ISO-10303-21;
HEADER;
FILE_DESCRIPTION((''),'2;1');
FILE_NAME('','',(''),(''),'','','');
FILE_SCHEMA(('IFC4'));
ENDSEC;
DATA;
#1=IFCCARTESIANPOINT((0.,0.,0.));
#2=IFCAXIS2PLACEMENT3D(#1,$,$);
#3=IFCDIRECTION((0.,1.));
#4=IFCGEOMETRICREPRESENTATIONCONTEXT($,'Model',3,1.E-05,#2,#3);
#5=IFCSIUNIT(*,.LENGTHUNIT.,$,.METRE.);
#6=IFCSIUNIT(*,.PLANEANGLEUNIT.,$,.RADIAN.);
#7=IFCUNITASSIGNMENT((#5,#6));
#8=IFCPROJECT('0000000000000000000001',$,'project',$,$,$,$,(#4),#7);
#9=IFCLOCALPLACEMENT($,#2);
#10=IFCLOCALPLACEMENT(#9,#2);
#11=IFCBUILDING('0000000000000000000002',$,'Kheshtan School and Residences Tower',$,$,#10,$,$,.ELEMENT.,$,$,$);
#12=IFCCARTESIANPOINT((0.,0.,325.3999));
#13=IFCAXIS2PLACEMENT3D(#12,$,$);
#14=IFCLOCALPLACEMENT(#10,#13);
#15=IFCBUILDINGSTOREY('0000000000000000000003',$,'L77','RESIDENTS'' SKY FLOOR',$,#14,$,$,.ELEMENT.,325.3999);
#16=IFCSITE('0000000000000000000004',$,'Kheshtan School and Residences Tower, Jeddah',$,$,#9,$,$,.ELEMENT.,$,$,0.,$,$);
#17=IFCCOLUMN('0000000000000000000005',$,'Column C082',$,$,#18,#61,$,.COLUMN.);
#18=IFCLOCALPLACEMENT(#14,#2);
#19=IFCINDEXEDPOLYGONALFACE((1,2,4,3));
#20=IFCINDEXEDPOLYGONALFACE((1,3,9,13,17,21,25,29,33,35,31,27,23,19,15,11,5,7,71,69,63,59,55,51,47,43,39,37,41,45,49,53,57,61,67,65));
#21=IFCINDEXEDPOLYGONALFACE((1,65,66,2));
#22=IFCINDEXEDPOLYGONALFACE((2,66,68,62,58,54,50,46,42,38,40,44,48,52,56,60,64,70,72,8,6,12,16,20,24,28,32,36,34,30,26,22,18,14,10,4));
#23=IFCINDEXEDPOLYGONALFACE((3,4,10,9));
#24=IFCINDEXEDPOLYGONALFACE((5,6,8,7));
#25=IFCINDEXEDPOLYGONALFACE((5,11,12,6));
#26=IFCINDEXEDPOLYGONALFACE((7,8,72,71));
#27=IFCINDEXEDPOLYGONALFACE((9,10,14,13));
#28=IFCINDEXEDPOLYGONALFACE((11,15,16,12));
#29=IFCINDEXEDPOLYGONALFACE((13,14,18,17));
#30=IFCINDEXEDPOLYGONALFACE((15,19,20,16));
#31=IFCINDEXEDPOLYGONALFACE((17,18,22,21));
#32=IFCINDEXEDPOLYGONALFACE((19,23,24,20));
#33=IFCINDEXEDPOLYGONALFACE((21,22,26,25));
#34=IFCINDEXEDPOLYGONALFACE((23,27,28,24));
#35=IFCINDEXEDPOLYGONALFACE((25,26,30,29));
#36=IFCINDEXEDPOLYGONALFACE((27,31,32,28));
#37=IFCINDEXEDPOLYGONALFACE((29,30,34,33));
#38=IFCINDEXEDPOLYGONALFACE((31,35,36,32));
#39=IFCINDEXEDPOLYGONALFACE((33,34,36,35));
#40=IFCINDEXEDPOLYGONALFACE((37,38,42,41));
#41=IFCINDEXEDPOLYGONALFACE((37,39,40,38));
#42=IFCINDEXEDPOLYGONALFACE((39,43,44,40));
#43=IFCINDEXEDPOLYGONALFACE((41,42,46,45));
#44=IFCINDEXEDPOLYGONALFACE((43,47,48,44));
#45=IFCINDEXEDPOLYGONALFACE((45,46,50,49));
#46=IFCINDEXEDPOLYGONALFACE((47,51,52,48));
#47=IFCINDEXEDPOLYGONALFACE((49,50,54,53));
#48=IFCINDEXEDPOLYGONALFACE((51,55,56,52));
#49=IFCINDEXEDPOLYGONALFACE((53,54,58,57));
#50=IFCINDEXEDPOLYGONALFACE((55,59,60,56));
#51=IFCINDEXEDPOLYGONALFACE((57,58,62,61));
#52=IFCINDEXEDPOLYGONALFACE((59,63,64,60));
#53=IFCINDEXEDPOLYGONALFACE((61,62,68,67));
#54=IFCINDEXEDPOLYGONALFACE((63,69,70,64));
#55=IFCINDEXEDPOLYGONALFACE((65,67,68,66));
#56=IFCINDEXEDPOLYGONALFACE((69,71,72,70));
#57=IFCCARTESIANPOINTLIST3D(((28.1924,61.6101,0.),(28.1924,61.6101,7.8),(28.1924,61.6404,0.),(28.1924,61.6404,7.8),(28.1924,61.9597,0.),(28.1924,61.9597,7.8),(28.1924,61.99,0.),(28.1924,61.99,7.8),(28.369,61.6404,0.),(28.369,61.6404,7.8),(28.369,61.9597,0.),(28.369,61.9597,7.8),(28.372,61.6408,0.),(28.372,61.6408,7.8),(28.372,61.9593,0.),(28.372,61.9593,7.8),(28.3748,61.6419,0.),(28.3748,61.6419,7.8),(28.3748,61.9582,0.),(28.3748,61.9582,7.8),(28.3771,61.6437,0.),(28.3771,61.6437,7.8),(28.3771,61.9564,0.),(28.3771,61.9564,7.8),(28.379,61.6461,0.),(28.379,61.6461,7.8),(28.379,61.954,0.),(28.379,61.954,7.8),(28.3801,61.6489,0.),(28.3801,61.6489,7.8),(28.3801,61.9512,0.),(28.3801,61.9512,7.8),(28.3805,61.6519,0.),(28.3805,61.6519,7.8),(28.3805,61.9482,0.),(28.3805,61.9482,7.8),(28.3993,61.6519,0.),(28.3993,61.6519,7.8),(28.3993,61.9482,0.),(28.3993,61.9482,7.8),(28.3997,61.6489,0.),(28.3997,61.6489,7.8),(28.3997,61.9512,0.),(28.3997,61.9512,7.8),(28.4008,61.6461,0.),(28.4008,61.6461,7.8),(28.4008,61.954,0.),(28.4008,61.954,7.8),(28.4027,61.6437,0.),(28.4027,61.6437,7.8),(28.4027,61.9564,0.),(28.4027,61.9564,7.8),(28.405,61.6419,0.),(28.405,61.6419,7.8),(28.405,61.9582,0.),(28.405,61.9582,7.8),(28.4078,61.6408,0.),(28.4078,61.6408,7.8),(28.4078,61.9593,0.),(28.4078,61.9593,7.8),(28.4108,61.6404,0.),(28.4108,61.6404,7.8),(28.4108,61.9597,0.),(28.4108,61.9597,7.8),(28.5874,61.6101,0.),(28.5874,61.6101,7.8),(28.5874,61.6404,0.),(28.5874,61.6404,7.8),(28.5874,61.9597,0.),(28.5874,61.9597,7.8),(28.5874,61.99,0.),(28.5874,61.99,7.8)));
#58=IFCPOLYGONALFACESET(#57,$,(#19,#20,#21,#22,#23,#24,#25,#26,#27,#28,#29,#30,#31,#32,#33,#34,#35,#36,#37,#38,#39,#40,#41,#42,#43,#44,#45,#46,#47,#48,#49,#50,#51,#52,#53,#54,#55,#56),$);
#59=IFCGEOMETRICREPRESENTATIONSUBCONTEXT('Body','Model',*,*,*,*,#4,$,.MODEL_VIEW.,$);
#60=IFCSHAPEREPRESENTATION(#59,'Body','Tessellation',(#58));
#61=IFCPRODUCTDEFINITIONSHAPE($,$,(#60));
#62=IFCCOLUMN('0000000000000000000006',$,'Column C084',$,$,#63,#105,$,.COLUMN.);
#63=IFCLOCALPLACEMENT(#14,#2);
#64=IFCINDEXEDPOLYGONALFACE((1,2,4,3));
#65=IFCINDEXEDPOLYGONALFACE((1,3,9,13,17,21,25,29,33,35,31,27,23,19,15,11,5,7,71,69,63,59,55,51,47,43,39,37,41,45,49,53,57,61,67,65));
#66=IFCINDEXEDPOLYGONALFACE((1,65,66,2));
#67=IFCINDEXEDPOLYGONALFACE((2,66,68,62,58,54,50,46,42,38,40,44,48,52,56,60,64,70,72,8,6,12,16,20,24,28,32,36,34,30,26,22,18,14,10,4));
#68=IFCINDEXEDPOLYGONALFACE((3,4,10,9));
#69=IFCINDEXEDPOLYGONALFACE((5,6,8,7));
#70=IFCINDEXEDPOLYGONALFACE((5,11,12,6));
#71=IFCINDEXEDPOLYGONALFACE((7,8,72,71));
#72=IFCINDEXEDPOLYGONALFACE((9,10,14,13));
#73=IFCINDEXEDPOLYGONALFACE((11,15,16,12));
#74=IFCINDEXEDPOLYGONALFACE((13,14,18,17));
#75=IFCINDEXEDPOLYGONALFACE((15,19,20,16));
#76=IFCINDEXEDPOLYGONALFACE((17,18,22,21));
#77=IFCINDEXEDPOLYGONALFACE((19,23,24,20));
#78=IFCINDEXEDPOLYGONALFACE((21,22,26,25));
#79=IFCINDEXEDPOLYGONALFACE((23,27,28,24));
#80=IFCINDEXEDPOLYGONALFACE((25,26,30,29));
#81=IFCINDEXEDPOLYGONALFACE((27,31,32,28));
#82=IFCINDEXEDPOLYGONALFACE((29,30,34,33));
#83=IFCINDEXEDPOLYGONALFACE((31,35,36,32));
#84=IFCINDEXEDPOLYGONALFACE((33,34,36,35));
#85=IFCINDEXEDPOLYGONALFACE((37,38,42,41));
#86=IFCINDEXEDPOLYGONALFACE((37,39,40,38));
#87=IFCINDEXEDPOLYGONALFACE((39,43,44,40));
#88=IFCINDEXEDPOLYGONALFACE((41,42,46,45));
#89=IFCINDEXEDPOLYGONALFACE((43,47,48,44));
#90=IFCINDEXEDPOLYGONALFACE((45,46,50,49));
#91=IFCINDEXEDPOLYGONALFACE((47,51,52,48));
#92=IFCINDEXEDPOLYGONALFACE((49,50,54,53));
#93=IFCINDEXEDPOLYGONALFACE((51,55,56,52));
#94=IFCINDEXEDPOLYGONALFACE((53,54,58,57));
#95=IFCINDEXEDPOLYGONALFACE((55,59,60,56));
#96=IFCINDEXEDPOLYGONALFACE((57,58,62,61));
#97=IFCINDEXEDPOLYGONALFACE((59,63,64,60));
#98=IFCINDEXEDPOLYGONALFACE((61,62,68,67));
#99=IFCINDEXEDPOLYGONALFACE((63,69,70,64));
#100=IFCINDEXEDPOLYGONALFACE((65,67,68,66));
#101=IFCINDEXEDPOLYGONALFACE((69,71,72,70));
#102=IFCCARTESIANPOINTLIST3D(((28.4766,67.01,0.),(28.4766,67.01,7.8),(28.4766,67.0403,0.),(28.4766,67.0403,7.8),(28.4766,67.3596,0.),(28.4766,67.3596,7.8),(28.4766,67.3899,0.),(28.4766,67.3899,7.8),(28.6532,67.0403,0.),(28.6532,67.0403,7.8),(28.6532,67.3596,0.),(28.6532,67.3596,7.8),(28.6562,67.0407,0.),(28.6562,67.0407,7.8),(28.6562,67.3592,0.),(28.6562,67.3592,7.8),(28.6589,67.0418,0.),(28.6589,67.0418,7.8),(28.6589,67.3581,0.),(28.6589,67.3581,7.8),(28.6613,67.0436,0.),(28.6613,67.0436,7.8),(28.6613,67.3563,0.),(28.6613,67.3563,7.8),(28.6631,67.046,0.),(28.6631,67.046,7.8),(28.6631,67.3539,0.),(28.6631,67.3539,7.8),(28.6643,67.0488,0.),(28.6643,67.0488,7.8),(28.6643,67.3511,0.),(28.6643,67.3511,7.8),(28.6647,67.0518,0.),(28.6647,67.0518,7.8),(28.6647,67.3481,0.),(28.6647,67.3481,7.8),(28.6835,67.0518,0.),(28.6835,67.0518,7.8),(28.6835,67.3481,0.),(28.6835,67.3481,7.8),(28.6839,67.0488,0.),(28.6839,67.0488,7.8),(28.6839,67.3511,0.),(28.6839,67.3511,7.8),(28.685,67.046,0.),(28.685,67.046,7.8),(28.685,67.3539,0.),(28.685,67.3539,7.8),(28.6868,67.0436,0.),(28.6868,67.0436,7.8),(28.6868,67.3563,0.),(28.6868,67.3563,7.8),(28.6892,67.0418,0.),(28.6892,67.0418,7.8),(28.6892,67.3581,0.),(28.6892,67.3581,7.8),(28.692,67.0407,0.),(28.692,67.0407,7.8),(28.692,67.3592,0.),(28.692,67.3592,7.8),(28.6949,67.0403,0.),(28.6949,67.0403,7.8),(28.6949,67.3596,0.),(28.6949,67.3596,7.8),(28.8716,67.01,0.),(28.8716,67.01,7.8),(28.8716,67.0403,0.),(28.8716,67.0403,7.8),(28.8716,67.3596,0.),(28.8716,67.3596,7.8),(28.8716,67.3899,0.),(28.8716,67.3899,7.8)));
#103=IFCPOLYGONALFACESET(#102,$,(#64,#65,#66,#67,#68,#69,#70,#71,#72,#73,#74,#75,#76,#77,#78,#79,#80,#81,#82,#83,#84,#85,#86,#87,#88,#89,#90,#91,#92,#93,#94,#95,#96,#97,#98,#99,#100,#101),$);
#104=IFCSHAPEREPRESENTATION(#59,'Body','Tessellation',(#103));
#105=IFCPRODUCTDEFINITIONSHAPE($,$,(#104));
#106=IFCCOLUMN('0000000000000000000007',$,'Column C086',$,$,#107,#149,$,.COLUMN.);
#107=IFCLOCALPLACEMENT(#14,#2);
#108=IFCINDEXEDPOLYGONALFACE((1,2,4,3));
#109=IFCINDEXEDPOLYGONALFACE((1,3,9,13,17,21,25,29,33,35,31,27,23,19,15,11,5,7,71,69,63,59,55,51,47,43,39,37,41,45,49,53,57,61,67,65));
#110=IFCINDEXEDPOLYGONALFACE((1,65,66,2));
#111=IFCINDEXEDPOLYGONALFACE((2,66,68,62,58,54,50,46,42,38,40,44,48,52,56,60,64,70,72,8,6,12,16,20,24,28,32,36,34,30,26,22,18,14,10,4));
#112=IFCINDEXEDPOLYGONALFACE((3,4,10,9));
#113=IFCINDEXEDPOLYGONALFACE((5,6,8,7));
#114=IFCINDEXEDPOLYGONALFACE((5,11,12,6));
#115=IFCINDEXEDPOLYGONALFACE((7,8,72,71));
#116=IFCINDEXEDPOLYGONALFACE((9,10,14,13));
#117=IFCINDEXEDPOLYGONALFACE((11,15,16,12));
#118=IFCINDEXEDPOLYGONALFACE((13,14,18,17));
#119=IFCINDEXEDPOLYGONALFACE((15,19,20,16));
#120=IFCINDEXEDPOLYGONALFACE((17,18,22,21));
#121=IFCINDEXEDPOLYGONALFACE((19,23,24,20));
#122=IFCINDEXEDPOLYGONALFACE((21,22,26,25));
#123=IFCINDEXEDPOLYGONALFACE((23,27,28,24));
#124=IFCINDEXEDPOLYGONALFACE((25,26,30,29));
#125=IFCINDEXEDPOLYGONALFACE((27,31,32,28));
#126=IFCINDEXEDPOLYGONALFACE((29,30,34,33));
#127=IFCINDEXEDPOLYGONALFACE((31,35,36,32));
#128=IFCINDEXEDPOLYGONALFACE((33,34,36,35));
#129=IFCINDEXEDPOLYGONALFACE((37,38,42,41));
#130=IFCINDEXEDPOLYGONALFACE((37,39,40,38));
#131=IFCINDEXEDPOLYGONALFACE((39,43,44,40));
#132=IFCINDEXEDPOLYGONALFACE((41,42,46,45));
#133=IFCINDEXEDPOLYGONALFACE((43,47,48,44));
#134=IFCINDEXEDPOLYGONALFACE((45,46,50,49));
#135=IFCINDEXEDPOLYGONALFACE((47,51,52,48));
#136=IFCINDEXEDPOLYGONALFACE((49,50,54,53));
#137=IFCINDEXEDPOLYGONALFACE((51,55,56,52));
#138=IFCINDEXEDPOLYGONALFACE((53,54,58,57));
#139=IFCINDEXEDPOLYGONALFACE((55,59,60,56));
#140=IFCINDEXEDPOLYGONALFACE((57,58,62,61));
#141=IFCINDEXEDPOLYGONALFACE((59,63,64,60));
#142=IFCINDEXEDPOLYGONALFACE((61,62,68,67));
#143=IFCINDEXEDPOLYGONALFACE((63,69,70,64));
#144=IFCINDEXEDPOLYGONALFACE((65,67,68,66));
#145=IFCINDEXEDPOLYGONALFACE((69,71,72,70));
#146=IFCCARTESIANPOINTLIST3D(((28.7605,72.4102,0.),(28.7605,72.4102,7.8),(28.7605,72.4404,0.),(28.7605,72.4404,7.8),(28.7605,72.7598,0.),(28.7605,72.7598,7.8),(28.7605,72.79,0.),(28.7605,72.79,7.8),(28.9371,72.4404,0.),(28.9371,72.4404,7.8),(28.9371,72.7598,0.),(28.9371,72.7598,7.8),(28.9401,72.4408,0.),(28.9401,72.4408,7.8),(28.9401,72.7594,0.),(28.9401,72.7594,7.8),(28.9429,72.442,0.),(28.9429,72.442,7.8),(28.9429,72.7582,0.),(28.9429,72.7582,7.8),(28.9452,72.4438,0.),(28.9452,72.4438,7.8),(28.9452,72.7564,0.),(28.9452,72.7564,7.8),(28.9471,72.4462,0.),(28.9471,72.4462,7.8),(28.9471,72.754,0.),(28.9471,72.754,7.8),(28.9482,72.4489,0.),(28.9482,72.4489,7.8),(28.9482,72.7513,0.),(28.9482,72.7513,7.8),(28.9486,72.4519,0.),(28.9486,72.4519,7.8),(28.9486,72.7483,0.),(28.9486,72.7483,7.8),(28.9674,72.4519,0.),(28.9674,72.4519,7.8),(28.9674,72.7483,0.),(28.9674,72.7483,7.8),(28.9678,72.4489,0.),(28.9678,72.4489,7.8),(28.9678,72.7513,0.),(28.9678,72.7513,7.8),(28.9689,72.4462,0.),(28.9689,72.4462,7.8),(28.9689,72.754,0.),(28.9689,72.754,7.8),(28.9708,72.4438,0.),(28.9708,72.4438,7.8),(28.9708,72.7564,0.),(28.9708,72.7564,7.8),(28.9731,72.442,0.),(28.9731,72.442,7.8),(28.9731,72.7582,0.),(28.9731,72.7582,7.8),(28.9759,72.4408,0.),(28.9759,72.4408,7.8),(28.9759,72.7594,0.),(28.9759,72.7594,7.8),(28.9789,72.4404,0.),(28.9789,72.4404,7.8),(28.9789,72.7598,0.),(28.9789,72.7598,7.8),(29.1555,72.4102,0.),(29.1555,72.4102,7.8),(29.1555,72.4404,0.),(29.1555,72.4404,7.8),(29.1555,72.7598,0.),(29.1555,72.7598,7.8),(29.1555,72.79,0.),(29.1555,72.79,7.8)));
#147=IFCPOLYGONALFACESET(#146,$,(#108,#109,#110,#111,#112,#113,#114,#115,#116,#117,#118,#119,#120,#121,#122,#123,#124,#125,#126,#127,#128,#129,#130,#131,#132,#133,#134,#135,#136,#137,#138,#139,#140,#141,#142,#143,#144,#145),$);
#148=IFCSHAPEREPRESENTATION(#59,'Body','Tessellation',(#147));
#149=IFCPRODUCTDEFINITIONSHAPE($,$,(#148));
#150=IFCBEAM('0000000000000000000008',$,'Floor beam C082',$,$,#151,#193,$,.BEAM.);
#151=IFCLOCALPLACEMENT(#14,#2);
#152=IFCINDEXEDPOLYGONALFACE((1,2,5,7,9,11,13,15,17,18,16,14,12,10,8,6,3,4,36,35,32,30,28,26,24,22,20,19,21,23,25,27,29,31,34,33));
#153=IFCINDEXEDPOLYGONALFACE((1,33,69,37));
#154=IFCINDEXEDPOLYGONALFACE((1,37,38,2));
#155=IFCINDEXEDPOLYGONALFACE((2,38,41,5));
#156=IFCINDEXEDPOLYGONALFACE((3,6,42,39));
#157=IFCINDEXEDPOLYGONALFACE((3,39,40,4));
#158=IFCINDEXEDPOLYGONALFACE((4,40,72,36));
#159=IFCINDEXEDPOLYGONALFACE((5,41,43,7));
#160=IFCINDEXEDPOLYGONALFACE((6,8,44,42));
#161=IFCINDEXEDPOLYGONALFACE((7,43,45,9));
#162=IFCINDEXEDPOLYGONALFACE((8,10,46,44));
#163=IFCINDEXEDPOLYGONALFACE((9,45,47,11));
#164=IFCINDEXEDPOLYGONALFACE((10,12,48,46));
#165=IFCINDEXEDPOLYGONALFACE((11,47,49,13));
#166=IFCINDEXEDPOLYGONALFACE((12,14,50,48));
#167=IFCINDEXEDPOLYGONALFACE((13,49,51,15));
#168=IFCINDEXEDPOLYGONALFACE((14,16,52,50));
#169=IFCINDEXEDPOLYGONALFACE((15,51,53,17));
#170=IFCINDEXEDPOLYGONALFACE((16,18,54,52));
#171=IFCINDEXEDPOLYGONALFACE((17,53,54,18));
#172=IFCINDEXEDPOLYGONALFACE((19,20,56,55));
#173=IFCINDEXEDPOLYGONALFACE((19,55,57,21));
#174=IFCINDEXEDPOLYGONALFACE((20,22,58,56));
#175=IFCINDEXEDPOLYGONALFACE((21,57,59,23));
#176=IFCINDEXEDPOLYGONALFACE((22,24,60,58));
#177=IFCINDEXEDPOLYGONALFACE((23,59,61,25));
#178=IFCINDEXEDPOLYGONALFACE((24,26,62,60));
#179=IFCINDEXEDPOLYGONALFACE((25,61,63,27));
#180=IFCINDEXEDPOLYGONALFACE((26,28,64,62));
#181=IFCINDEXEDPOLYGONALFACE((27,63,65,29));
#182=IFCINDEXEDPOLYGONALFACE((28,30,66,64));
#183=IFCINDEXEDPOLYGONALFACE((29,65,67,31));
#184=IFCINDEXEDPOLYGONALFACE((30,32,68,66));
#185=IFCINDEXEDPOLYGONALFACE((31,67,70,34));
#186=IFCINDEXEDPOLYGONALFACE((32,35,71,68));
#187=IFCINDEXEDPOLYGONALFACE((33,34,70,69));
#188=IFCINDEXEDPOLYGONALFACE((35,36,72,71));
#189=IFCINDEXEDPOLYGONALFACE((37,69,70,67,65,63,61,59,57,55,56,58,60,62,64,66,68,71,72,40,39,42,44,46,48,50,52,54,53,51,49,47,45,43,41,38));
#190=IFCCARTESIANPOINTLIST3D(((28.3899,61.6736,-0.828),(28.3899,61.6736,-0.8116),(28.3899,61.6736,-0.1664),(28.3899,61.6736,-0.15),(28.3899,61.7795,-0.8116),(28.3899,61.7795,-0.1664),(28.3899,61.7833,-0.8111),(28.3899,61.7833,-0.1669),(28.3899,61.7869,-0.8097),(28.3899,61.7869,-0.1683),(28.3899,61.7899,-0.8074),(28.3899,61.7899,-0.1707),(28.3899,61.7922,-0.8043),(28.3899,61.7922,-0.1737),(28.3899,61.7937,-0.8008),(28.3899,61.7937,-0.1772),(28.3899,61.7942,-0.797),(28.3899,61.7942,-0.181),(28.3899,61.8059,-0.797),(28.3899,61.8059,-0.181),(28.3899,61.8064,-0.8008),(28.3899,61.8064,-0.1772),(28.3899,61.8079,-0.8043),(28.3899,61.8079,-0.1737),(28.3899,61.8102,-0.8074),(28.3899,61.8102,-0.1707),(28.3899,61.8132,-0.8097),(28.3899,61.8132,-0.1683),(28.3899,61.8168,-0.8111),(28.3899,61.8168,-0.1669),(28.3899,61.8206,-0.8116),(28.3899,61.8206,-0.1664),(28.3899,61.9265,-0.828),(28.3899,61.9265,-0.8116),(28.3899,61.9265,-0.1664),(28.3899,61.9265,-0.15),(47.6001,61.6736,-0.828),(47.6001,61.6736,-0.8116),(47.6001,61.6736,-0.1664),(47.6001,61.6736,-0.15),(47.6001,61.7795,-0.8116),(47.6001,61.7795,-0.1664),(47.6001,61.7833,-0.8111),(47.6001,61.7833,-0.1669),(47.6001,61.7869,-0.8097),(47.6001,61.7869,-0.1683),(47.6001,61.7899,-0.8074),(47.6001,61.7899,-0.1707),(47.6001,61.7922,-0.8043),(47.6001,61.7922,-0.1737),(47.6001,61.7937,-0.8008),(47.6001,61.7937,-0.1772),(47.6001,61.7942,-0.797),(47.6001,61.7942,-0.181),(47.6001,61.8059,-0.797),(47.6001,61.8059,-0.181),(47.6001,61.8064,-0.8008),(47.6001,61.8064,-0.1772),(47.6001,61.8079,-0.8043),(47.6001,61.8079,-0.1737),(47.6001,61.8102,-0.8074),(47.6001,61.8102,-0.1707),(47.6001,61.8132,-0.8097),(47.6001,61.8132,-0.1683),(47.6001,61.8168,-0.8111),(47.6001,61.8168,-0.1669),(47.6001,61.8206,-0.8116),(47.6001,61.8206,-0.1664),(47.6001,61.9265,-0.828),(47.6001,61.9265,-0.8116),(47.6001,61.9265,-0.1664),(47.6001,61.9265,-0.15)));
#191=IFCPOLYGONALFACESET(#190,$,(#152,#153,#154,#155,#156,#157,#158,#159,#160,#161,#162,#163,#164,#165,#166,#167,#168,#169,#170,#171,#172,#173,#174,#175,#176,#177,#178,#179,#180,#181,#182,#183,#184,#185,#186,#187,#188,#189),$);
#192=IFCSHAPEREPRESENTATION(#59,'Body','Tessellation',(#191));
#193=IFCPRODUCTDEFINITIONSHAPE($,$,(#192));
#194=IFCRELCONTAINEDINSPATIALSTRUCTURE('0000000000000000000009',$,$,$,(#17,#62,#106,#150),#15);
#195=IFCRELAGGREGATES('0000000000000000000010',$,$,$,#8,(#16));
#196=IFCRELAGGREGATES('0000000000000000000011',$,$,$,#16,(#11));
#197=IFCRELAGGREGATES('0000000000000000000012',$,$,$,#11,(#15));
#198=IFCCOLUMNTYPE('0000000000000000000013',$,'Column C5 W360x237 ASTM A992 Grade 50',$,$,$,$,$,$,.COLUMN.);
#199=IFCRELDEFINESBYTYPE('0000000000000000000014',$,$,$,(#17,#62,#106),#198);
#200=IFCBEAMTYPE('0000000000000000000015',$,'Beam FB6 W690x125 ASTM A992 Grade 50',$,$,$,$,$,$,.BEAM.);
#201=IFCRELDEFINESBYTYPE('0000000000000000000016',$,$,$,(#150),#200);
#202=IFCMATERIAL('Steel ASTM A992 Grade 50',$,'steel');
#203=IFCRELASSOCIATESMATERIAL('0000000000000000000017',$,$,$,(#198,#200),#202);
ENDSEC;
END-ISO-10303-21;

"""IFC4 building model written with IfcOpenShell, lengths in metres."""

from ifc_helpers import new_model, si_unit, direction, frame, origin, origin_2d, place, context, subcontext, project, spatial, i_section, extrude, material, material_profile, profile_set, type_object, element, save


model = new_model("IFC4")

# Units and contexts
model_context = context("Model", 3, precision=1e-05, world=origin(), true_north=direction((0.0, 1.0)))
body_context = subcontext(model_context, "Body", "Model", "MODEL_VIEW")
ifc_project = project(units=[si_unit("LENGTHUNIT", "METRE"), si_unit("PLANEANGLEUNIT", "RADIAN")], contexts=[model_context])

# Site, building, storey
site_placement = place(None, origin())
site = spatial("IfcSite", under=ifc_project, at=site_placement, Name="Kheshtan School and Residences Tower, Jeddah", CompositionType="ELEMENT", RefElevation=0.0)
building_placement = place(site_placement, origin())
building = spatial("IfcBuilding", under=site, at=building_placement, Name="Kheshtan School and Residences Tower", CompositionType="ELEMENT")
storey_placement = place(building_placement, frame((0.0, 0.0, 325.3999)))
storey = spatial("IfcBuildingStorey", under=building, at=storey_placement, Name="L77", Description="RESIDENTS' SKY FLOOR", CompositionType="ELEMENT", Elevation=325.3999)

# Columns
ifc_material_1 = material(Name="Steel ASTM A992 Grade 50", Category="steel")
ifc_material_profile_1 = material_profile(ifc_material_1, i_section(OverallWidth=0.395, OverallDepth=0.3799, WebThickness=0.0188, FlangeThickness=0.0303, FilletRadius=0.0115, at=origin_2d()), Name="W360x237")
ifc_profile_set_1 = profile_set([ifc_material_profile_1], Name="Steel ASTM A992 Grade 50")
column_type = type_object("IfcColumnType", Name="Column C5 W360x237 ASTM A992 Grade 50", PredefinedType="COLUMN", material=ifc_profile_set_1)
for number, where, z_axis, x_axis, name in (
    (1, (28.3899, 61.8, 0.0), (0.0, 0.0, 1.0), (1.0, 0.0, 0.0), "Column C082"),
    (2, (28.6741, 67.2, 0.0), (0.0, 0.0, 1.0), (1.0, 0.0, 0.0), "Column C084"),
    (3, (28.958, 72.6001, 0.0), (0.0, 0.0, 1.0), (1.0, 0.0, 0.0), "Column C086"),
):
    element("IfcColumn", number, at=place(storey_placement, frame(where, z_axis=z_axis, x_axis=x_axis)), inside=storey, type_object=column_type, Name=name, PredefinedType="COLUMN", context=body_context, shape_type="SweptSolid", body=[
        extrude(i_section(OverallWidth=0.395, OverallDepth=0.3799, WebThickness=0.0188, FlangeThickness=0.0303, FilletRadius=0.0115, at=origin_2d()), origin(), (0.0, 0.0, 1.0), 7.8),
    ])

# Beam
ifc_material_profile_2 = material_profile(ifc_material_1, i_section(OverallWidth=0.2529, OverallDepth=0.678, WebThickness=0.0117, FlangeThickness=0.0164, FilletRadius=0.0146, at=origin_2d()), Name="W690x125")
ifc_profile_set_2 = profile_set([ifc_material_profile_2], Name="Steel ASTM A992 Grade 50")
beam_type_1 = type_object("IfcBeamType", Name="Beam FB6 W690x125 ASTM A992 Grade 50", PredefinedType="BEAM", material=ifc_profile_set_2)
beam_1_placement = place(storey_placement, frame((28.3899, 61.8, -0.489), z_axis=(1.0, 0.0, 0.0), x_axis=(0.0, 1.0, 0.0)))
element("IfcBeam", 4, at=beam_1_placement, inside=storey, type_object=beam_type_1, Name="Floor beam C082", PredefinedType="BEAM", context=body_context, shape_type="SweptSolid", body=[
    extrude(i_section(OverallWidth=0.2529, OverallDepth=0.678, WebThickness=0.0117, FlangeThickness=0.0164, FilletRadius=0.0146, at=origin_2d()), origin(), (0.0, 0.0, 1.0), 19.2102),
])

save(model, "model.ifc")
